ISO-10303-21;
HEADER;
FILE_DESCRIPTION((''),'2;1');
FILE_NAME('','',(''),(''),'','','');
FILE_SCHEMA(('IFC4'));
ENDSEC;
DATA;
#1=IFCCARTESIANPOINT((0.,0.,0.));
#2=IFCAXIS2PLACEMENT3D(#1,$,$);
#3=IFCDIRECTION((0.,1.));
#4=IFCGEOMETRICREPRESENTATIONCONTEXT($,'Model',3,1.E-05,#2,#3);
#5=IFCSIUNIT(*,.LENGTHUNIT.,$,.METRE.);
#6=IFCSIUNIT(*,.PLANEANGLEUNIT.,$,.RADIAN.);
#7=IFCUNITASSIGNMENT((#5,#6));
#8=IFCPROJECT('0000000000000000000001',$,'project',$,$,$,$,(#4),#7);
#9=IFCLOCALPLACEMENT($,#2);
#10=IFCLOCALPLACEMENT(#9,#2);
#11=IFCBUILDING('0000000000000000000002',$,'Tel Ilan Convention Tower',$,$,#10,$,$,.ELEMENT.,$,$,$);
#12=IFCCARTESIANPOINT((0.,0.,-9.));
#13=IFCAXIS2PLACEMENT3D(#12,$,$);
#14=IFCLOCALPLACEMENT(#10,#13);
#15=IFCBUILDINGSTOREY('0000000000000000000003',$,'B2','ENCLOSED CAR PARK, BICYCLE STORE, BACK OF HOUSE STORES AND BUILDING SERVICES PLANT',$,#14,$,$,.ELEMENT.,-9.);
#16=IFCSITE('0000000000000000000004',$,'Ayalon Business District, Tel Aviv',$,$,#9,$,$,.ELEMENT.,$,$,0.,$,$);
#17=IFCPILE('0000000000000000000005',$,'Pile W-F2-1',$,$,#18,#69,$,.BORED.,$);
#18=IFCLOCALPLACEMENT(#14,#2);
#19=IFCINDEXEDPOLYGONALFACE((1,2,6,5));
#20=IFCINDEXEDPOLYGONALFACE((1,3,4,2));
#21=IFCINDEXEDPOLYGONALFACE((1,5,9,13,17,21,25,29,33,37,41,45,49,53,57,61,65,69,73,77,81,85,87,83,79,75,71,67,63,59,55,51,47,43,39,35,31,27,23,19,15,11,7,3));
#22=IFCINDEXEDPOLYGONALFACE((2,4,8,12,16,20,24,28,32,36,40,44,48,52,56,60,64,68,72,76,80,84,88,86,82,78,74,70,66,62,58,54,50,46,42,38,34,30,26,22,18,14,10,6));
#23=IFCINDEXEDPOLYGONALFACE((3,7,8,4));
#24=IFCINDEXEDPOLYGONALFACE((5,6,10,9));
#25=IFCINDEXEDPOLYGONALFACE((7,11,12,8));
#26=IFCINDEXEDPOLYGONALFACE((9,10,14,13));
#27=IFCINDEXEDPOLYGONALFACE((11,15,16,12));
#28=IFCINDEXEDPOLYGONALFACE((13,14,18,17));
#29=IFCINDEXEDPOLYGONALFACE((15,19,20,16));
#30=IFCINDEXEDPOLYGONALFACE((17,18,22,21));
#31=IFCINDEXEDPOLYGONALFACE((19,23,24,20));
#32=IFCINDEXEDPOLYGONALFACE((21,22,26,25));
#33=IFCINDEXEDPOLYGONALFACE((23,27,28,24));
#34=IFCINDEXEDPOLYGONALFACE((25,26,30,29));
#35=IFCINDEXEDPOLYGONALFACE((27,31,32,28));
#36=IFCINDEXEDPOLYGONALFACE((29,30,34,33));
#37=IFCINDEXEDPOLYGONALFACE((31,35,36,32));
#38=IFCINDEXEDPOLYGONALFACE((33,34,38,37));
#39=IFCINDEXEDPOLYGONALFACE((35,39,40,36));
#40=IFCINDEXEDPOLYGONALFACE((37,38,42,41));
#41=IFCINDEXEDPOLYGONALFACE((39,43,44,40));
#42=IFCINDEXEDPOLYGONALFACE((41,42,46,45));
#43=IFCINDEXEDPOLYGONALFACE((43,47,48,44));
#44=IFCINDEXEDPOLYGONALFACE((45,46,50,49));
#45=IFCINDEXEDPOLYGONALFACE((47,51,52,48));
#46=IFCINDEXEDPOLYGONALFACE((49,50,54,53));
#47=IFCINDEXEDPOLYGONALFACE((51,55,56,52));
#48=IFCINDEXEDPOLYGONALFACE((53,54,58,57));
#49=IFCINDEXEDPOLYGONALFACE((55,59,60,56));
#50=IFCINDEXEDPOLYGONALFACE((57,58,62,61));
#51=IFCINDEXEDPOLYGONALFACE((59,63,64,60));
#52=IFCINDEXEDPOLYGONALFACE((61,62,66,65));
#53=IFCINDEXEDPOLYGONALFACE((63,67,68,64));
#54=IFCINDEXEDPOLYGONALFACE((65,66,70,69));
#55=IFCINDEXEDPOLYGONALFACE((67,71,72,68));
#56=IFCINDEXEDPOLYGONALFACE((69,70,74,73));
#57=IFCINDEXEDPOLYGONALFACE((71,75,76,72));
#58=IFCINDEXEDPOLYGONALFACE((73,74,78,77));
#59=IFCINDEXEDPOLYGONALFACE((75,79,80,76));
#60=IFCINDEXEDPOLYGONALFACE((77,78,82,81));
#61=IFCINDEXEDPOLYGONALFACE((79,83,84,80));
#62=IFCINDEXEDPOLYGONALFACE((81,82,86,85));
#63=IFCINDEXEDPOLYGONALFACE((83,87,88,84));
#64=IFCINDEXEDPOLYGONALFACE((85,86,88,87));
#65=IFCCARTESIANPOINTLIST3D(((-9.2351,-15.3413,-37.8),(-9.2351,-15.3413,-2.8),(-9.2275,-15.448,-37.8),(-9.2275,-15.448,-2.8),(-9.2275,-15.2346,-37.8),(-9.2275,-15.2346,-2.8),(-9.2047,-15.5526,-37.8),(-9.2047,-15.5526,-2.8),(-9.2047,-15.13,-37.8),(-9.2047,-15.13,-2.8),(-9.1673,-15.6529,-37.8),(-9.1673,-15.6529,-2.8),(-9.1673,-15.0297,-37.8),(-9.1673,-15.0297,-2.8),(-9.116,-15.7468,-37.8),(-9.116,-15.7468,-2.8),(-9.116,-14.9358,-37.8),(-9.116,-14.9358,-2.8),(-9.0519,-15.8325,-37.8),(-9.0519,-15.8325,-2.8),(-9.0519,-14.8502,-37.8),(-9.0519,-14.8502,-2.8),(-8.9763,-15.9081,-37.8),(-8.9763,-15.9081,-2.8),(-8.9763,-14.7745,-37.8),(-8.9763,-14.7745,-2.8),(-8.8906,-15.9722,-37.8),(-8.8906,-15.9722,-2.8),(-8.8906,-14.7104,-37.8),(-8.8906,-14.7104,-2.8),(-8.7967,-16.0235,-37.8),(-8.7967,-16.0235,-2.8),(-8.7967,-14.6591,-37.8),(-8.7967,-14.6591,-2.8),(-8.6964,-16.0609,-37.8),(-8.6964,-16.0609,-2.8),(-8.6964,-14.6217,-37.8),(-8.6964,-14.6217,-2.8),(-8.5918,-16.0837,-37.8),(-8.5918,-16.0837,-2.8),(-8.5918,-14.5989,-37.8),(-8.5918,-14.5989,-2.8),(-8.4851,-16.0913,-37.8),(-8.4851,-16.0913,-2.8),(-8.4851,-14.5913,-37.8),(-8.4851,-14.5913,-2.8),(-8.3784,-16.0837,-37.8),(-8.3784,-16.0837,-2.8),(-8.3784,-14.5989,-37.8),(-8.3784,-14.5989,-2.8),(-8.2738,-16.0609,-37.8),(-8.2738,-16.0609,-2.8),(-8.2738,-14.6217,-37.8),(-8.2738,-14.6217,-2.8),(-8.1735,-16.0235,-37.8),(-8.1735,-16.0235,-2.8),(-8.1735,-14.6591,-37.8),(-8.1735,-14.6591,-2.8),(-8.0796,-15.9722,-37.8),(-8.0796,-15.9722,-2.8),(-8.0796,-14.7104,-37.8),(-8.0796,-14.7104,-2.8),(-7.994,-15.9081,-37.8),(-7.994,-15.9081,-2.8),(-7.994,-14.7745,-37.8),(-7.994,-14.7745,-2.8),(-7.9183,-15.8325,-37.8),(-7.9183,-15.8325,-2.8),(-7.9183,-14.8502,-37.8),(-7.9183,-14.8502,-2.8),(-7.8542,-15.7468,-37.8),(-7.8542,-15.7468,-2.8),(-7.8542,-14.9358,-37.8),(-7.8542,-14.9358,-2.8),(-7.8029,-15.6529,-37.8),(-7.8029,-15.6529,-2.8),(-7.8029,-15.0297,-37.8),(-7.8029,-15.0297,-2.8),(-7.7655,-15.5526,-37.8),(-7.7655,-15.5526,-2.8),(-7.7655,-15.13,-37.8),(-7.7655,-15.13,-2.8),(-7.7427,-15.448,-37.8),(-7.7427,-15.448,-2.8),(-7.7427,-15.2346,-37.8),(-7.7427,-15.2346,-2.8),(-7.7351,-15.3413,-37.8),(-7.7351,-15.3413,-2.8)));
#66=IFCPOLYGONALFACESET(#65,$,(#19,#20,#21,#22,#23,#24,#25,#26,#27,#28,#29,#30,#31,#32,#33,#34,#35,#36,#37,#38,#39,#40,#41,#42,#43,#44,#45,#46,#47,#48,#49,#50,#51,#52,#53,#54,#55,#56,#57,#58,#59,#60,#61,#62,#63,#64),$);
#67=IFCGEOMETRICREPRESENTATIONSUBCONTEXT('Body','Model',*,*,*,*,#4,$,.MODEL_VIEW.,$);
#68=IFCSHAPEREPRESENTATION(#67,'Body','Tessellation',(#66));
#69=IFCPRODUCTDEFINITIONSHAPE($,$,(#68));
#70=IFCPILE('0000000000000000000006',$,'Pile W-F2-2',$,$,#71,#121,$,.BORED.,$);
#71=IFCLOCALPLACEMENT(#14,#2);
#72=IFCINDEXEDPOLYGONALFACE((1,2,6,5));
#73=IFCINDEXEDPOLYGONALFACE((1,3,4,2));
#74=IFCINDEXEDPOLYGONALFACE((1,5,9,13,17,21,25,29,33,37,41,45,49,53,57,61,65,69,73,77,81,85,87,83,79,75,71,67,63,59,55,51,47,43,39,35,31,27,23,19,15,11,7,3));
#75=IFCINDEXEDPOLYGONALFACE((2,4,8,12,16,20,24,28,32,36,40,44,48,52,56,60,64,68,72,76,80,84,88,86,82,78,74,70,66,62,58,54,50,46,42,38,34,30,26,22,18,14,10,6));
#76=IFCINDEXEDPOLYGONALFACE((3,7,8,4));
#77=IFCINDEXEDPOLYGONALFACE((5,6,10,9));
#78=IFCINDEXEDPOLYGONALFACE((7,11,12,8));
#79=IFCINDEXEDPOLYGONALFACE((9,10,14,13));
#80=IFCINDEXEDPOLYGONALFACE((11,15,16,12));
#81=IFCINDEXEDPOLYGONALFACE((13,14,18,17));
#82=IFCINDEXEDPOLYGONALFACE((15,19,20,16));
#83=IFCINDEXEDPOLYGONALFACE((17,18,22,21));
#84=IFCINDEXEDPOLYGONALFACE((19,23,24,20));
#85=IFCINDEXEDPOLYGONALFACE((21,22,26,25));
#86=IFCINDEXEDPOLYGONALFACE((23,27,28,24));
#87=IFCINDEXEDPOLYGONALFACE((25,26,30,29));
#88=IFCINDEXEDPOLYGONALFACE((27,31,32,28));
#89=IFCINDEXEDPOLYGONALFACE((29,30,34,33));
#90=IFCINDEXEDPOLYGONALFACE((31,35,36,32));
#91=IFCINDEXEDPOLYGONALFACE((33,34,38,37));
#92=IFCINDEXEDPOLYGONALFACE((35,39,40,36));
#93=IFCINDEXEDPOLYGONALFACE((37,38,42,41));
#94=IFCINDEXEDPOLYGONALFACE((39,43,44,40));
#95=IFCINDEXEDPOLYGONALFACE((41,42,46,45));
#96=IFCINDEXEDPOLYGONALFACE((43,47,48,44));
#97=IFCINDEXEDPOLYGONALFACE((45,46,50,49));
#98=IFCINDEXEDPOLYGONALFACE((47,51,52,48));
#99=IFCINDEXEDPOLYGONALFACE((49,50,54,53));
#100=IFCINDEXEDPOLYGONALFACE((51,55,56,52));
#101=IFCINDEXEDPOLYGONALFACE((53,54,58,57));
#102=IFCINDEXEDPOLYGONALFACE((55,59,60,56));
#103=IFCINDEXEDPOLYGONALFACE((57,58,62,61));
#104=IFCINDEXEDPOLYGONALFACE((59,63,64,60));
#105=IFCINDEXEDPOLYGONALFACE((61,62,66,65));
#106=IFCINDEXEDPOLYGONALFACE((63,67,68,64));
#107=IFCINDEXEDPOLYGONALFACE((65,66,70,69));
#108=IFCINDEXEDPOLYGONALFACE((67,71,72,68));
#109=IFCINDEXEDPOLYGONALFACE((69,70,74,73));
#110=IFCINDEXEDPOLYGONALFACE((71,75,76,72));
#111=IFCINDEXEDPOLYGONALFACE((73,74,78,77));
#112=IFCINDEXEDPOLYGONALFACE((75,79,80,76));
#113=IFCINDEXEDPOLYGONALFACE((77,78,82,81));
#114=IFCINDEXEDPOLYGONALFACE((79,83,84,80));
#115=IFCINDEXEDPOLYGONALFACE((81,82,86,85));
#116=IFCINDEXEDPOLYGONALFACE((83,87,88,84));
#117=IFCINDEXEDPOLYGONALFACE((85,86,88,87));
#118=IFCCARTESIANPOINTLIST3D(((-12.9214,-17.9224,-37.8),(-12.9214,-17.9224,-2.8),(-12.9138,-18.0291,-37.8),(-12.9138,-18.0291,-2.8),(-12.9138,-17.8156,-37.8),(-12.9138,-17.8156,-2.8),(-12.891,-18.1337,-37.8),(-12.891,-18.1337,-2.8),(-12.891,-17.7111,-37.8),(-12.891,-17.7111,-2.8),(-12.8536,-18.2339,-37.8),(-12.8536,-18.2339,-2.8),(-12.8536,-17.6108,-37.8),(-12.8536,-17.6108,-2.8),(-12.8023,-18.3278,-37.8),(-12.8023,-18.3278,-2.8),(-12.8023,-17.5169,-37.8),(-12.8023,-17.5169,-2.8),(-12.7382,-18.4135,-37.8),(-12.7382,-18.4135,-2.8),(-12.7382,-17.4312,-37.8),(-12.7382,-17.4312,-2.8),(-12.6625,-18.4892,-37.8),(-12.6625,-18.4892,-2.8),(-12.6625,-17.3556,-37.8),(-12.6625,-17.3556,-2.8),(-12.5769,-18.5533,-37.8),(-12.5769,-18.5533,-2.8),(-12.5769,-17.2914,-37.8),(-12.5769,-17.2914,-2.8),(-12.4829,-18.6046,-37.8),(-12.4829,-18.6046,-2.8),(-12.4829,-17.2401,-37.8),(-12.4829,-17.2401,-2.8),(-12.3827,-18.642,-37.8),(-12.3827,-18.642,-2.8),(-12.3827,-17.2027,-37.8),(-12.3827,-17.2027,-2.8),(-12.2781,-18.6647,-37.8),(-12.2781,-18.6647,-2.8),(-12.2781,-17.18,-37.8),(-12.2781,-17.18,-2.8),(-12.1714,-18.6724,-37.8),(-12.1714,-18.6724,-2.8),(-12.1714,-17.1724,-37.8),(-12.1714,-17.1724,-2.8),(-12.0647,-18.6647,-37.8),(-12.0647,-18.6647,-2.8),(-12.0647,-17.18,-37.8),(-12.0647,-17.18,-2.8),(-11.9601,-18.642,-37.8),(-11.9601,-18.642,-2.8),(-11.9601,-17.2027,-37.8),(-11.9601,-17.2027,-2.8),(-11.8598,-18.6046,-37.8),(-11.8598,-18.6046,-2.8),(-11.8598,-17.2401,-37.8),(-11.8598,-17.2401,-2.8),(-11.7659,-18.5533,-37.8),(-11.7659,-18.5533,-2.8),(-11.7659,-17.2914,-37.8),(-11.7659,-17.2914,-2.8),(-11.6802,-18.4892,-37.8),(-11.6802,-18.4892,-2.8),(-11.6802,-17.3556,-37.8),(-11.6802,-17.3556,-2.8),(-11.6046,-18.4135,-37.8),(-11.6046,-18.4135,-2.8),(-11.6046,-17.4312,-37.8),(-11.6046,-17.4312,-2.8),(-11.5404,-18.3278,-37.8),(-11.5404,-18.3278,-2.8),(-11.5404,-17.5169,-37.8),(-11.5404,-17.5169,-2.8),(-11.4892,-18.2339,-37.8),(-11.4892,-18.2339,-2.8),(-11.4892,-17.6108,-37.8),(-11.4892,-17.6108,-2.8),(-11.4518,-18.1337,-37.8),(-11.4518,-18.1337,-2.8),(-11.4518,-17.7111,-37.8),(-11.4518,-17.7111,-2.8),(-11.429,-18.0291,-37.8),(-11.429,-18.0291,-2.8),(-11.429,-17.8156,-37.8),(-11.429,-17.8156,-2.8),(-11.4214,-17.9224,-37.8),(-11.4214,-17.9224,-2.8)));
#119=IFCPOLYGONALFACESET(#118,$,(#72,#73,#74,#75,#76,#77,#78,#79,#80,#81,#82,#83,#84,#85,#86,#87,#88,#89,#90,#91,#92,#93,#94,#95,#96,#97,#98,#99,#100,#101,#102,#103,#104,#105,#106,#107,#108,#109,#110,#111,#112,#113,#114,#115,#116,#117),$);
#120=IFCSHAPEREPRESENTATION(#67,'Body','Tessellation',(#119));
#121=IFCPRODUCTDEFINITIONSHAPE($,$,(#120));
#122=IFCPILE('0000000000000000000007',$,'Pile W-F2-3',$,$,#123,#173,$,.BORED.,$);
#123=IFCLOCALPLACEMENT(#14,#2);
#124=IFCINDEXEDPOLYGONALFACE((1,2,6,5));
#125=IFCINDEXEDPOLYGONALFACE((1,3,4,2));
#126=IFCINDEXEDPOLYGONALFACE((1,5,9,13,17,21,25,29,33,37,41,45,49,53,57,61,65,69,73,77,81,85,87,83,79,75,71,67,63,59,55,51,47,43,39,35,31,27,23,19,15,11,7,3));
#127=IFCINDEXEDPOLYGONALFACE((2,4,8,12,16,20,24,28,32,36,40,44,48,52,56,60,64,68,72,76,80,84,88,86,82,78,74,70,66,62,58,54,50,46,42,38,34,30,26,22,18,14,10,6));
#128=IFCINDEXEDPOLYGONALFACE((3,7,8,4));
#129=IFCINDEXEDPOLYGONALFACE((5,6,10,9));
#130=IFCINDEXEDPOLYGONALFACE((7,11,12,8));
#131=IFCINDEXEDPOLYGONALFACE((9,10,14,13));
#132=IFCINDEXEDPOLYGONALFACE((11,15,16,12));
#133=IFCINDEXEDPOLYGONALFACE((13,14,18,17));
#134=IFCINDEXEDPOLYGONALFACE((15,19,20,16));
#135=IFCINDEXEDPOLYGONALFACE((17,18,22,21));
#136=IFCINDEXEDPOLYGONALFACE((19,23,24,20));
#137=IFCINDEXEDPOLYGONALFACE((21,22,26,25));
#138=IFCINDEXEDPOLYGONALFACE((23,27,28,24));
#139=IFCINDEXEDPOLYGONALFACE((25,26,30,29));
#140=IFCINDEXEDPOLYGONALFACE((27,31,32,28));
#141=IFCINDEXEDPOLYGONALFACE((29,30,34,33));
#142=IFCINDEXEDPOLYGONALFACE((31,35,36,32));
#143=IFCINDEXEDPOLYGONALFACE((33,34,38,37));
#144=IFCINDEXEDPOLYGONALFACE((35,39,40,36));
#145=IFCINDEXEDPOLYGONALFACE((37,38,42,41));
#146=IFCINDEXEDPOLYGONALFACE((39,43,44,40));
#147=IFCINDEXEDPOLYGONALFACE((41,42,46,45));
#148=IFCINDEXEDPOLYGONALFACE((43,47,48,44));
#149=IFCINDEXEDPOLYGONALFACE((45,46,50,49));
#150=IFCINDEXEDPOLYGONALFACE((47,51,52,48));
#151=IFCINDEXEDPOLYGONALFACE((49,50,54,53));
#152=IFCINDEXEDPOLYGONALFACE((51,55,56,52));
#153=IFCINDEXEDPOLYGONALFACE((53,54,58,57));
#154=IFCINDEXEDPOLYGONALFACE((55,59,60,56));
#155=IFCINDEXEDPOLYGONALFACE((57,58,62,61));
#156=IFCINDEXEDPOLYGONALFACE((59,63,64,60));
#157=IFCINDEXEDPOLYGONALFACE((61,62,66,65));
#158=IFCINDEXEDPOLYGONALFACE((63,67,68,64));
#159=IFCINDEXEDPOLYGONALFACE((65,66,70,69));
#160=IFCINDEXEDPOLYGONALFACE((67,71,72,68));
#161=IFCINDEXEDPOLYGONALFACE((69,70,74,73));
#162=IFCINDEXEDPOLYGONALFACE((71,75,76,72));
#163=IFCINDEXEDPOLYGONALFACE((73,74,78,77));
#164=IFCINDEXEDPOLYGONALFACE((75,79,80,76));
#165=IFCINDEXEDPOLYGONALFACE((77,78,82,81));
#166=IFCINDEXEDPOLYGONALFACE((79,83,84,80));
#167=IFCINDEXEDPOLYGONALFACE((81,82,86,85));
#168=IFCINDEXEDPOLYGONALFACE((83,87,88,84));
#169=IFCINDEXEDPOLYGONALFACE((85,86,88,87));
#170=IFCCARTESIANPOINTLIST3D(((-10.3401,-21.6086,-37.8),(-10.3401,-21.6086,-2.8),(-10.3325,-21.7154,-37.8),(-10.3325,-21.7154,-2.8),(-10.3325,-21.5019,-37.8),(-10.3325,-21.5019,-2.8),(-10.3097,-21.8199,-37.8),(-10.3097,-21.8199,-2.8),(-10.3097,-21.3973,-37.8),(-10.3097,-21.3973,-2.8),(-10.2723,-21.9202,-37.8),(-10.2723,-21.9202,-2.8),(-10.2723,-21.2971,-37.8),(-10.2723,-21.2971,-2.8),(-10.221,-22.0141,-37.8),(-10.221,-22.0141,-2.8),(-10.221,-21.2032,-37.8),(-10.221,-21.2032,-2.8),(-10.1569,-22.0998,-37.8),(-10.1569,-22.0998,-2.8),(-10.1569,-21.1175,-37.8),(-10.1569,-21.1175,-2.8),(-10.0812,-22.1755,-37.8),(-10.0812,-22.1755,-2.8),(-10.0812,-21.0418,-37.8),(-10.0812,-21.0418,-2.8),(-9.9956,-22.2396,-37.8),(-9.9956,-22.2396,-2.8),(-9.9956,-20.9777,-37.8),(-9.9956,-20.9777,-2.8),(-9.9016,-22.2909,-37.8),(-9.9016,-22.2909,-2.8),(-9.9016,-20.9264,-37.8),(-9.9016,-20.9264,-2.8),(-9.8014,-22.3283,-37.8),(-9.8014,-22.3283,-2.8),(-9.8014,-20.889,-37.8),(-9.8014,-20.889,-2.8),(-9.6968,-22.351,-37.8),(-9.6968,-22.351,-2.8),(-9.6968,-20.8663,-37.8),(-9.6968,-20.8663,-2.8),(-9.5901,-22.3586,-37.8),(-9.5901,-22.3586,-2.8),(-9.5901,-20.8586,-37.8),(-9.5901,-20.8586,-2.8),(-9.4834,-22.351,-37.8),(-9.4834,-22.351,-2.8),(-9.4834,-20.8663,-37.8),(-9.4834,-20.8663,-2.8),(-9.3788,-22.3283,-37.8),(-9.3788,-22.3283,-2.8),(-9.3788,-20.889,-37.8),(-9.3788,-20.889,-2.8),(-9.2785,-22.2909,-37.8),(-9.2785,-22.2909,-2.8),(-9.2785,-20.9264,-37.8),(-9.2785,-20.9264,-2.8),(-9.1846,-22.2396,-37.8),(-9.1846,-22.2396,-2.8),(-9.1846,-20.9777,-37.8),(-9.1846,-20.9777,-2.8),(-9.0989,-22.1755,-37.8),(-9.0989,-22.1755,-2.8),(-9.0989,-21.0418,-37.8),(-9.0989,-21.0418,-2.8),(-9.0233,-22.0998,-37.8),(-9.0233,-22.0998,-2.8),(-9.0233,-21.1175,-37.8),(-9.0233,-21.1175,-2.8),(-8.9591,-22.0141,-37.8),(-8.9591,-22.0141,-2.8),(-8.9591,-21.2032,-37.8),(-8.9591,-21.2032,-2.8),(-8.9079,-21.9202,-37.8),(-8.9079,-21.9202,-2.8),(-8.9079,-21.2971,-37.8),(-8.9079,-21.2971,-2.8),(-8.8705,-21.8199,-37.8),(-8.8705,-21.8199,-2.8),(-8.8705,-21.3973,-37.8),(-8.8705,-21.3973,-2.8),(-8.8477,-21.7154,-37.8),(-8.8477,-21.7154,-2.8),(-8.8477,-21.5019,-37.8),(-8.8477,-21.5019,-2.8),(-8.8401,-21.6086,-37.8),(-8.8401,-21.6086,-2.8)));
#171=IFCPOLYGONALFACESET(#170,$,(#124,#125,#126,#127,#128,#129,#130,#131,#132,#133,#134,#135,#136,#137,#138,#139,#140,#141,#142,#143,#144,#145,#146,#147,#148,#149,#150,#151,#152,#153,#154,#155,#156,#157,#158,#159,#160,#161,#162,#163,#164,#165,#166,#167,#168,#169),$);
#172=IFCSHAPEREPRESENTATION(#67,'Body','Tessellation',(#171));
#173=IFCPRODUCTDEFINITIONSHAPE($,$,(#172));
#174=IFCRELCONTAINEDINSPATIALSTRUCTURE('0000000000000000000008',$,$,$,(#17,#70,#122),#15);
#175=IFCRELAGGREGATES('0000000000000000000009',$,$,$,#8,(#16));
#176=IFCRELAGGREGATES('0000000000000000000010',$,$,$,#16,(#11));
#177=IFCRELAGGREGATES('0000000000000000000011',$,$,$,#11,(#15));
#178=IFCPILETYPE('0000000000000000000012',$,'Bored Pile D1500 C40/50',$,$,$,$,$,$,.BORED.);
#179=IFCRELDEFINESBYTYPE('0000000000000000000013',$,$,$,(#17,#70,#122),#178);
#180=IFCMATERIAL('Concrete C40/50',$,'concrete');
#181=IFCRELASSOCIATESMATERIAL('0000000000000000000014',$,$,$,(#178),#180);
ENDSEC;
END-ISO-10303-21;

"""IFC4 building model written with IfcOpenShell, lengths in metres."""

from ifc_helpers import new_model, si_unit, direction, frame, origin, origin_2d, place, context, subcontext, project, spatial, circle, extrude, material, material_profile, profile_set, type_object, element, save


model = new_model("IFC4")

# Units and contexts
model_context = context("Model", 3, precision=1e-05, world=origin(), true_north=direction((0.0, 1.0)))
body_context = subcontext(model_context, "Body", "Model", "MODEL_VIEW")
ifc_project = project(units=[si_unit("LENGTHUNIT", "METRE"), si_unit("PLANEANGLEUNIT", "RADIAN")], contexts=[model_context])

# Site, building, storey
site_placement = place(None, origin())
site = spatial("IfcSite", under=ifc_project, at=site_placement, Name="Ayalon Business District, Tel Aviv", CompositionType="ELEMENT", RefElevation=0.0)
building_placement = place(site_placement, origin())
building = spatial("IfcBuilding", under=site, at=building_placement, Name="Tel Ilan Convention Tower", CompositionType="ELEMENT")
storey_placement = place(building_placement, frame((0.0, 0.0, -9.0)))
storey = spatial("IfcBuildingStorey", under=building, at=storey_placement, Name="B2", Description="ENCLOSED CAR PARK, BICYCLE STORE, BACK OF HOUSE STORES AND BUILDING SERVICES PLANT", CompositionType="ELEMENT", Elevation=-9.0)

# Piles
ifc_material_1 = material(Name="Concrete C40/50", Category="concrete")
ifc_material_profile_1 = material_profile(ifc_material_1, circle(Radius=0.75, at=origin_2d()), Name="BORED D1500")
ifc_profile_set_1 = profile_set([ifc_material_profile_1], Name="Concrete C40/50")
pile_type = type_object("IfcPileType", Name="Bored Pile D1500 C40/50", PredefinedType="BORED", material=ifc_profile_set_1)
for number, where, z_axis, x_axis, name in (
    (1, (-8.4851, -15.3413, -2.8), (0.0, 0.0, -1.0), (1.0, 0.0, 0.0), "Pile W-F2-1"),
    (2, (-12.1714, -17.9224, -2.8), (0.0, 0.0, -1.0), (1.0, 0.0, 0.0), "Pile W-F2-2"),
    (3, (-9.5901, -21.6086, -2.8), (0.0, 0.0, -1.0), (1.0, 0.0, 0.0), "Pile W-F2-3"),
):
    element("IfcPile", number, at=place(storey_placement, frame(where, z_axis=z_axis, x_axis=x_axis)), inside=storey, type_object=pile_type, Name=name, PredefinedType="BORED", context=body_context, shape_type="SweptSolid", body=[
        extrude(circle(Radius=0.75, at=origin_2d()), origin(), (0.0, 0.0, 1.0), 35.0),
    ])

save(model, "model.ifc")
